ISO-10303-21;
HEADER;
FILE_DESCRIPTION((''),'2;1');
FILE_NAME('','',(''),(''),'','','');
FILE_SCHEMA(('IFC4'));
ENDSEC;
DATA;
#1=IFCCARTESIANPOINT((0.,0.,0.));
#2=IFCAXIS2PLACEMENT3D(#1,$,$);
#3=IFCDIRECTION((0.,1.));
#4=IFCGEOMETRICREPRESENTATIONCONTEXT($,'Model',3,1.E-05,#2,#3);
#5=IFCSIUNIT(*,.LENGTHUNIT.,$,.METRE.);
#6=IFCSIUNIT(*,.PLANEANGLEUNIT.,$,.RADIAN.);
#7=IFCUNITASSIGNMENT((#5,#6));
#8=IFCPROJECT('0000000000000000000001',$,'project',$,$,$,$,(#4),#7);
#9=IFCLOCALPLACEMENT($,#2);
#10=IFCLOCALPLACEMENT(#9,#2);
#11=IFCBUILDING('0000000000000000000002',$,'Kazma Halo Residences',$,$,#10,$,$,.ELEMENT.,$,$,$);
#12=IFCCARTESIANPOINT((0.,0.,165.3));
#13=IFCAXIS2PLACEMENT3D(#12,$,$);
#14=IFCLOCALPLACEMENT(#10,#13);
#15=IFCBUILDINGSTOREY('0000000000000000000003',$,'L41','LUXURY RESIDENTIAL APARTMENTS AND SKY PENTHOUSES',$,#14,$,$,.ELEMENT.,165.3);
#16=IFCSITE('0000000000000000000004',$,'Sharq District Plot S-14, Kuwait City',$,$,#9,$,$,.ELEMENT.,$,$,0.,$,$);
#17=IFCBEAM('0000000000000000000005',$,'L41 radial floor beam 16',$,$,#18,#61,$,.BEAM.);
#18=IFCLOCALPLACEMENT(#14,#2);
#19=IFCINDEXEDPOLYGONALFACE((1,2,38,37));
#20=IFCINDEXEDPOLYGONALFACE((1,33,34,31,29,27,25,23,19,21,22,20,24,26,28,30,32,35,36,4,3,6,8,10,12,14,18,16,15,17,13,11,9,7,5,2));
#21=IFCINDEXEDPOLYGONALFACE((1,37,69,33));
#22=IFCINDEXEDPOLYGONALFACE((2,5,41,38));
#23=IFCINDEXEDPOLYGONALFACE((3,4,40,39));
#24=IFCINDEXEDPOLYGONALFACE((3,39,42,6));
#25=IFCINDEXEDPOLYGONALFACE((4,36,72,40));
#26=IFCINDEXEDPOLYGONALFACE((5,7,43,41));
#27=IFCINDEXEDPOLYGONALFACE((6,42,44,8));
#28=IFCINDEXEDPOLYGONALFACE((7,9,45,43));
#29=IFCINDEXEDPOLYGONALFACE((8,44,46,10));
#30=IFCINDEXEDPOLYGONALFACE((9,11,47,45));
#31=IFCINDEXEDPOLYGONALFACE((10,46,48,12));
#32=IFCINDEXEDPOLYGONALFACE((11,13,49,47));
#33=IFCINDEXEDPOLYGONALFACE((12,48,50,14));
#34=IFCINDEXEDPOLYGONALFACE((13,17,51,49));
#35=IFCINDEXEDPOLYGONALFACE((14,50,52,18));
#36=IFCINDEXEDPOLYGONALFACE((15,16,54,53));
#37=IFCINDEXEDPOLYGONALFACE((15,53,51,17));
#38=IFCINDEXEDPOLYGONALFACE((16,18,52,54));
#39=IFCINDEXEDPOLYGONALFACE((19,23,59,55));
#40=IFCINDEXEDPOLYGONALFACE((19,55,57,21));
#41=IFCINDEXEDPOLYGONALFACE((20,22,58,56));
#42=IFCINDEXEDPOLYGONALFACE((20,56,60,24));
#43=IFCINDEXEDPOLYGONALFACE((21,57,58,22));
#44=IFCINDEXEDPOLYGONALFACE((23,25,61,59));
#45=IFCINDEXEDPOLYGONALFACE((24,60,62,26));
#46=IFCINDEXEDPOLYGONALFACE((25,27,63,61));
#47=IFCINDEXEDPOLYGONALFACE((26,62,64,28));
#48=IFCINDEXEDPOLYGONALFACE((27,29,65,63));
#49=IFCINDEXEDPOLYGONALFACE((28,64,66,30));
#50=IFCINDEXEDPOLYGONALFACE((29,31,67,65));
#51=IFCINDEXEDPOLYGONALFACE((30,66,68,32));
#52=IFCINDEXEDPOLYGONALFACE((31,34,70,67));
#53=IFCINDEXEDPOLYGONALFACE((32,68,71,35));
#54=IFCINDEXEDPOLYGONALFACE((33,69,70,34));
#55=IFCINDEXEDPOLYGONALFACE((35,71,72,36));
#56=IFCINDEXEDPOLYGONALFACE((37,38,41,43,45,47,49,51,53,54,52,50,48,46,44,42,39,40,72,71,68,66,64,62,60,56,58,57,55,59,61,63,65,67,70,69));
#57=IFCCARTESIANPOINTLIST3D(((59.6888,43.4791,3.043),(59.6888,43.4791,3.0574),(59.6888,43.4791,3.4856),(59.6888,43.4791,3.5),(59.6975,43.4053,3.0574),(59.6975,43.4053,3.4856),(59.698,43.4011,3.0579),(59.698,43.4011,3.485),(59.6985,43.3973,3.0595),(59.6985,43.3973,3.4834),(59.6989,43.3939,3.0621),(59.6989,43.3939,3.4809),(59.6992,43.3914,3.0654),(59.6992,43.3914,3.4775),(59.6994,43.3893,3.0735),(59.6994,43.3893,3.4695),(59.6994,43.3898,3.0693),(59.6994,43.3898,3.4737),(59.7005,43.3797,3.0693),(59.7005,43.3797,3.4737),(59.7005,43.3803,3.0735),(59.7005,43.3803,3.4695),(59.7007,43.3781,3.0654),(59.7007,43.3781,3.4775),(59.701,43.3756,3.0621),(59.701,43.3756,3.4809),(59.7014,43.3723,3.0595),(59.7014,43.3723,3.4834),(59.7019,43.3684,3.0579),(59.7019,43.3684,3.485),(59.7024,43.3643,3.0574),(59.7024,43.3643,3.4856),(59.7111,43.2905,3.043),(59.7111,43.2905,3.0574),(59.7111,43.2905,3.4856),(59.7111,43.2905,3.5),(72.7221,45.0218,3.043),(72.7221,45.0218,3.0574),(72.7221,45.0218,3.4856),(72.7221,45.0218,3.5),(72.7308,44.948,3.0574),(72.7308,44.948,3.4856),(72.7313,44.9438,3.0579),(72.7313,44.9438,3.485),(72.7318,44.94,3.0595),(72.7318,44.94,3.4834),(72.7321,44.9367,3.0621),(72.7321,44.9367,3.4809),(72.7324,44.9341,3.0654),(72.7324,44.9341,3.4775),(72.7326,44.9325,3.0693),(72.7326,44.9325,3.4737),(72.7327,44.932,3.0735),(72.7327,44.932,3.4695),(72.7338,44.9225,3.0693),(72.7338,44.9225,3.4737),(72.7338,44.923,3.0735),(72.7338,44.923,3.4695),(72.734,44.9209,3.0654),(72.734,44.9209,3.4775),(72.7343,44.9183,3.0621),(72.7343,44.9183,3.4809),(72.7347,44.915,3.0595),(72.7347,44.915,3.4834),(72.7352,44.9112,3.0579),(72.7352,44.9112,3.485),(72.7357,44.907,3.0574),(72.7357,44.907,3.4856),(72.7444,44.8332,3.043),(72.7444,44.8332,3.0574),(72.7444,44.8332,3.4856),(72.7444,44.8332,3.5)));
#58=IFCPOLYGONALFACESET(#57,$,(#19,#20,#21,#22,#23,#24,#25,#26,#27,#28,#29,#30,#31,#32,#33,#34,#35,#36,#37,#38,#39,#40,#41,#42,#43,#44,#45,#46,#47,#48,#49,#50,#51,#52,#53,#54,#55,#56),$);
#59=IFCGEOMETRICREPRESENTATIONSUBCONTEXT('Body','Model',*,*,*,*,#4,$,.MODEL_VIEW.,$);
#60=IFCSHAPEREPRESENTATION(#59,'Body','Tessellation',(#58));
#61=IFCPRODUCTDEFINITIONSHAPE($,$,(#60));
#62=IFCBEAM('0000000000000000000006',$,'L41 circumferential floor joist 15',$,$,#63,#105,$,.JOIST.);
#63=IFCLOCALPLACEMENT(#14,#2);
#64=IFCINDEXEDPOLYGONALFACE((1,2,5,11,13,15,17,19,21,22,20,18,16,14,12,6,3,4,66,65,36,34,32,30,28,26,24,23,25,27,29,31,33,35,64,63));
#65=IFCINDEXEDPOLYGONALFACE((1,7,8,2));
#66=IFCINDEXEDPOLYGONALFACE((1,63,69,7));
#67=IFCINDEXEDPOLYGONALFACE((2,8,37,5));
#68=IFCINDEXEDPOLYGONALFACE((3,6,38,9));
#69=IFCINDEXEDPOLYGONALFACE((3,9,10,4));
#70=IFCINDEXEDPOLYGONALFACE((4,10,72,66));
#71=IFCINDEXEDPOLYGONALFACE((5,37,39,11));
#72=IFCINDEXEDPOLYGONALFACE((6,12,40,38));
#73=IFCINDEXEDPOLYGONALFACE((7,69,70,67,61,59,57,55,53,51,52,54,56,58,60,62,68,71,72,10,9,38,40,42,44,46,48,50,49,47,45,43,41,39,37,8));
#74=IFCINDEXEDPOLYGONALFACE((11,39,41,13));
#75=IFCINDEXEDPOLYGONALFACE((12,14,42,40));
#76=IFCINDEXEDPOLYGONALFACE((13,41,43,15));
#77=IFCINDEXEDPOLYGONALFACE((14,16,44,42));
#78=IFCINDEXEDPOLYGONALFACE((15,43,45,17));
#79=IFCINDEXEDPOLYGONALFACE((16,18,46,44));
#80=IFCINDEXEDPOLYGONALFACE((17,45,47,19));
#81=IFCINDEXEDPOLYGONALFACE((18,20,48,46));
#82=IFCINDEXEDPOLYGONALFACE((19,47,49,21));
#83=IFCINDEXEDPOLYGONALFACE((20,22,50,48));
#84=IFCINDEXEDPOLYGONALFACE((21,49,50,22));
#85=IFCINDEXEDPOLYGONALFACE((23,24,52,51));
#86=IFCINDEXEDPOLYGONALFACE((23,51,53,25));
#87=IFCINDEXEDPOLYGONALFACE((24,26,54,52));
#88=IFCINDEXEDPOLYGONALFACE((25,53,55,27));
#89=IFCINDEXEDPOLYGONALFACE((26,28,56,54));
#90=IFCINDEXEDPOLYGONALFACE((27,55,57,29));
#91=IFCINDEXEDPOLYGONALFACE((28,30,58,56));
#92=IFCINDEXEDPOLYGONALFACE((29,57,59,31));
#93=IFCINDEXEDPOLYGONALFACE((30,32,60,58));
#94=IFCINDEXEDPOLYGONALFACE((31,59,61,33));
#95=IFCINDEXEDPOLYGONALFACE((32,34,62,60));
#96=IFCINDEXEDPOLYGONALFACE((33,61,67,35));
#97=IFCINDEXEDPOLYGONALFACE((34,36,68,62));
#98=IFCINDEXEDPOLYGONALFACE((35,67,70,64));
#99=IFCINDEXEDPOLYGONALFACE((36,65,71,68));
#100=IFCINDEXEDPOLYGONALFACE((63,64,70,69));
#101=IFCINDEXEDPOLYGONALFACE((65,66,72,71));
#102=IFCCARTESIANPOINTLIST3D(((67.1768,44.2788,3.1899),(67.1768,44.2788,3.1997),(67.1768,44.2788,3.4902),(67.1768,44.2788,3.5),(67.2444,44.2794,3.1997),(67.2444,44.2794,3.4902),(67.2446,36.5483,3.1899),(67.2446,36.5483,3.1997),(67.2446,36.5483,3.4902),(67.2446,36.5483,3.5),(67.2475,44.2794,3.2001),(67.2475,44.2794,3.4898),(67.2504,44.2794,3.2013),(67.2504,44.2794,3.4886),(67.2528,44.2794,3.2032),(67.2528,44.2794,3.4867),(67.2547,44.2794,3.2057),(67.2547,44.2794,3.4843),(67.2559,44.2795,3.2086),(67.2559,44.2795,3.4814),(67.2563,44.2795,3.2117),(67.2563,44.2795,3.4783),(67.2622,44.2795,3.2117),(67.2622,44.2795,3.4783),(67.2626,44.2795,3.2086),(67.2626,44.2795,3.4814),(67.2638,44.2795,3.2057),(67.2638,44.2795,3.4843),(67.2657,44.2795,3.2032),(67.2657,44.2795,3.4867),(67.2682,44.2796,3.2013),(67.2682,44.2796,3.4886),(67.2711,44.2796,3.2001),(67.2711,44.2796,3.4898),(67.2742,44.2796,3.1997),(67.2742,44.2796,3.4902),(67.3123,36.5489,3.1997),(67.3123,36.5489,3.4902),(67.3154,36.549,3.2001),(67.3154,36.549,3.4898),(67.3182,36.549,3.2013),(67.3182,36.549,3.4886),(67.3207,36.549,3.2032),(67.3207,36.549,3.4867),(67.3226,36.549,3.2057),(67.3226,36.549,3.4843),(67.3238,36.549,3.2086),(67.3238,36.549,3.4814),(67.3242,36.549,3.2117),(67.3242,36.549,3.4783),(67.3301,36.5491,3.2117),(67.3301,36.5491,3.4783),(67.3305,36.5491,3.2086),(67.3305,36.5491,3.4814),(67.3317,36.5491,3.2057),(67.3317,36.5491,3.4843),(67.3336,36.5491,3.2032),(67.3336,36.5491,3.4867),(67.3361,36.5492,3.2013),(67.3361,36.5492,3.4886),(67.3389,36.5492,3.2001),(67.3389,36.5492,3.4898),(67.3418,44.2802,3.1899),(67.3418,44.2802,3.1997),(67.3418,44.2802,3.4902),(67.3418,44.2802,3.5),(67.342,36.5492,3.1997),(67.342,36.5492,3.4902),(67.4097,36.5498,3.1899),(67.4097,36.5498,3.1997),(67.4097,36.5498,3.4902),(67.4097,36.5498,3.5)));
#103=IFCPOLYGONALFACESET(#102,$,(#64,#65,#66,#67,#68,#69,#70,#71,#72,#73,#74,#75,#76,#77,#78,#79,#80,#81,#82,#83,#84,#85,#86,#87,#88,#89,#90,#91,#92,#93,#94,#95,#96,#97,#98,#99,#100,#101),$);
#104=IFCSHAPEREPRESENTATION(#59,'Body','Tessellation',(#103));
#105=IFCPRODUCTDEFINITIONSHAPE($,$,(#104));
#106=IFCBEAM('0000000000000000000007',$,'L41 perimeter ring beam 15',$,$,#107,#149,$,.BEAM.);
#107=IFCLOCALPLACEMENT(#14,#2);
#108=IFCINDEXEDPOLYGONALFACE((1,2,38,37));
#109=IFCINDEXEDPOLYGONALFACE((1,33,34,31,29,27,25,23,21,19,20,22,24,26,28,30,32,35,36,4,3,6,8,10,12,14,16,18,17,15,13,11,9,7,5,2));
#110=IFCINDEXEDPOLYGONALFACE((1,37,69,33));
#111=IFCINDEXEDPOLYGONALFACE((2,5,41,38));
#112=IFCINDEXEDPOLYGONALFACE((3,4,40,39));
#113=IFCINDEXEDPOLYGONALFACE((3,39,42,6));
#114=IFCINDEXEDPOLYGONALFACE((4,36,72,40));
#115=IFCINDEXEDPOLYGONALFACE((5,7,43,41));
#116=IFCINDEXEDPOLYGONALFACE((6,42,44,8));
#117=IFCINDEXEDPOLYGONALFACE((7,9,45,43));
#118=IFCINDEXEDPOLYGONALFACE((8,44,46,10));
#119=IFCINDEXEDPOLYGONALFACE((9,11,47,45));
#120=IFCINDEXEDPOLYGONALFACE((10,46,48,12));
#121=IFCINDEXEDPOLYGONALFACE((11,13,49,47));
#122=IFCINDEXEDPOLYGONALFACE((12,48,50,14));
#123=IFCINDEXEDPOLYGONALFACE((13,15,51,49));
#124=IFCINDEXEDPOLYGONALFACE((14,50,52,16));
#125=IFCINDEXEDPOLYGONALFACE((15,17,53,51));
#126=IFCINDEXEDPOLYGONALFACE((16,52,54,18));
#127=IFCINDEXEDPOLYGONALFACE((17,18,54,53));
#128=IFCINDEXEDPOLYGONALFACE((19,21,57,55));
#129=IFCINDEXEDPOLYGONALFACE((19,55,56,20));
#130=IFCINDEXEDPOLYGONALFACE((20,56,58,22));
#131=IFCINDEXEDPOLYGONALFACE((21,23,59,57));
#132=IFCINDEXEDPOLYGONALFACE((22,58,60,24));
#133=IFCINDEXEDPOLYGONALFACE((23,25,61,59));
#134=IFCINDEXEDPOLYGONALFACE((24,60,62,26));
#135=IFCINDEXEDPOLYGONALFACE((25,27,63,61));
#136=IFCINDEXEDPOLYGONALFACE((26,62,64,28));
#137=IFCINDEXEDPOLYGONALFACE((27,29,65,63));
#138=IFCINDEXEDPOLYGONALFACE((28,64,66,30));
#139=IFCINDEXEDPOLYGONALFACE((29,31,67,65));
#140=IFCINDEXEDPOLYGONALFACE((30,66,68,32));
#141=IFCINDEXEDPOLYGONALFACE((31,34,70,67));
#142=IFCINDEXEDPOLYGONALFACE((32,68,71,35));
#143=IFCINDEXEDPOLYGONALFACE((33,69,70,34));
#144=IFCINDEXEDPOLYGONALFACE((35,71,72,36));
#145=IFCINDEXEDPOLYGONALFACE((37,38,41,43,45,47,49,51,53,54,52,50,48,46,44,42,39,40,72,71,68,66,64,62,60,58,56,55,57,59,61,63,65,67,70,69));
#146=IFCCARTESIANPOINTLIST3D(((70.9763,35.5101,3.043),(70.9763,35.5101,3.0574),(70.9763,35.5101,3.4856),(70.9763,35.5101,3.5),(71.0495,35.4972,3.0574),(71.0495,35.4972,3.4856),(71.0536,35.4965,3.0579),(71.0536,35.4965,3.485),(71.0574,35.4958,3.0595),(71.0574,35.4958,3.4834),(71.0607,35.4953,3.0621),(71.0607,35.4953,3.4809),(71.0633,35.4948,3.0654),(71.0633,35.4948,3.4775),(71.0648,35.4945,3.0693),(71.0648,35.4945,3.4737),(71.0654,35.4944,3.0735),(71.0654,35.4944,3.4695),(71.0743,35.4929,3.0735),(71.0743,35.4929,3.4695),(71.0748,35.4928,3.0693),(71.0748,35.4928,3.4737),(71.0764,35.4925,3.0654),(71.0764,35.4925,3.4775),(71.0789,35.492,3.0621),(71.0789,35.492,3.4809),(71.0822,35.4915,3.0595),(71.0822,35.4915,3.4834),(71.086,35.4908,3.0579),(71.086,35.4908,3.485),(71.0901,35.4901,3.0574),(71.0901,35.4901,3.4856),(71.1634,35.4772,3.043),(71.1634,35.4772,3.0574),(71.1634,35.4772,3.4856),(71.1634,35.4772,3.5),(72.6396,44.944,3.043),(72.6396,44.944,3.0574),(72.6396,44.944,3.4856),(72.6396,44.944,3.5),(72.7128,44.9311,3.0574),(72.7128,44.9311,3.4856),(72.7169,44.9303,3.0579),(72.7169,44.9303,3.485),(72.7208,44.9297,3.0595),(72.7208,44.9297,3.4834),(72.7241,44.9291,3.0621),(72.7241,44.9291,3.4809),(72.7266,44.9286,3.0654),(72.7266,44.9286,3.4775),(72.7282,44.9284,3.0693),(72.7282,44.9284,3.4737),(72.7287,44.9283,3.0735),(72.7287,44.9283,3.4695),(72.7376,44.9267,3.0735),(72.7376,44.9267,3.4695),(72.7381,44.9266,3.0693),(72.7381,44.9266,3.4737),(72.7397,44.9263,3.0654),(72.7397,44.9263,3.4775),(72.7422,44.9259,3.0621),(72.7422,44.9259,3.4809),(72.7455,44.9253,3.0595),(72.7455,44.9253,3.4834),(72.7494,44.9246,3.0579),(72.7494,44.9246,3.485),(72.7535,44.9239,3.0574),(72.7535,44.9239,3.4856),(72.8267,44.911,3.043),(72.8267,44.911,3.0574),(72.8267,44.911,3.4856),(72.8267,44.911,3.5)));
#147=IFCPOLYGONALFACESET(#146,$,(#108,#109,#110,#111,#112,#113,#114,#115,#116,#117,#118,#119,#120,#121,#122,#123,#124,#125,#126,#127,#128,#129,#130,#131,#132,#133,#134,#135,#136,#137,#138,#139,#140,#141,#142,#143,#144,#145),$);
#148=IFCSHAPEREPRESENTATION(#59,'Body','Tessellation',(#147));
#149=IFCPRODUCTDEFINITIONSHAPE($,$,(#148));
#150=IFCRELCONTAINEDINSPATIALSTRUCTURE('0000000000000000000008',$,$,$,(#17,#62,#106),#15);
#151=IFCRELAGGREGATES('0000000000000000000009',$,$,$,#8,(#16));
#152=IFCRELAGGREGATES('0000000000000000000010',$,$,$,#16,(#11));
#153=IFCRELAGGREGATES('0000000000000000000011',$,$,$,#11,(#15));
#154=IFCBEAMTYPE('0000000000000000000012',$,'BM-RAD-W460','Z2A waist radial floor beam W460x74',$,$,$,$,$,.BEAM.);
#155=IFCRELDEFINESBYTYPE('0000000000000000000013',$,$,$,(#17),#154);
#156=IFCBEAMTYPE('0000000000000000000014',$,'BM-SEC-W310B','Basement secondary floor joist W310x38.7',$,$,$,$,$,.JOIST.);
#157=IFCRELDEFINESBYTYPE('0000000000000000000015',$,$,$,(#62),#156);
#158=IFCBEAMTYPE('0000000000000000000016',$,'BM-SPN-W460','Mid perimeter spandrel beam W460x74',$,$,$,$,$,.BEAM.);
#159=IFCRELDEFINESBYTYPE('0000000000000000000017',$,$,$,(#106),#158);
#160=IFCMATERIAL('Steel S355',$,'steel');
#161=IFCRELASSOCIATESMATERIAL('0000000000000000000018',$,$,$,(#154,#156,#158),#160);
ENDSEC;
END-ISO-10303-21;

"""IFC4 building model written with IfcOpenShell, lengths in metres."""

from ifc_helpers import new_model, si_unit, direction, frame, origin, origin_2d, place, context, subcontext, project, spatial, i_section, extrude, material, material_profile, profile_set, type_object, element, save


model = new_model("IFC4")

# Units and contexts
model_context = context("Model", 3, precision=1e-05, world=origin(), true_north=direction((0.0, 1.0)))
body_context = subcontext(model_context, "Body", "Model", "MODEL_VIEW")
ifc_project = project(units=[si_unit("LENGTHUNIT", "METRE"), si_unit("PLANEANGLEUNIT", "RADIAN")], contexts=[model_context])

# Site, building, storey
site_placement = place(None, origin())
site = spatial("IfcSite", under=ifc_project, at=site_placement, Name="Sharq District Plot S-14, Kuwait City", CompositionType="ELEMENT", RefElevation=0.0)
building_placement = place(site_placement, origin())
building = spatial("IfcBuilding", under=site, at=building_placement, Name="Kazma Halo Residences", CompositionType="ELEMENT")
storey_placement = place(building_placement, frame((0.0, 0.0, 165.3)))
storey = spatial("IfcBuildingStorey", under=building, at=storey_placement, Name="L41", Description="LUXURY RESIDENTIAL APARTMENTS AND SKY PENTHOUSES", CompositionType="ELEMENT", Elevation=165.3)

# Beams
ifc_material_1 = material(Name="Steel S355", Category="steel")
ifc_material_profile_1 = material_profile(ifc_material_1, i_section(OverallWidth=0.1899, OverallDepth=0.457, WebThickness=0.009, FlangeThickness=0.0144, FilletRadius=0.0161, at=origin_2d()), Name="W460x74")
ifc_profile_set_1 = profile_set([ifc_material_profile_1], Name="Steel S355")
beam_type_1 = type_object("IfcBeamType", Name="BM-RAD-W460", Description="Z2A waist radial floor beam W460x74", PredefinedType="BEAM", material=ifc_profile_set_1)
beam_1_placement = place(storey_placement, frame((59.7, 43.3848, 3.2715), z_axis=(0.993067, 0.117548, 0.0), x_axis=(-0.117548, 0.993067, 0.0)))
element("IfcBeam", 1, at=beam_1_placement, inside=storey, type_object=beam_type_1, Name="L41 radial floor beam 16", PredefinedType="BEAM", context=body_context, shape_type="SweptSolid", body=[
    extrude(i_section(OverallWidth=0.1899, OverallDepth=0.457, WebThickness=0.009, FlangeThickness=0.0144, FilletRadius=0.0161, at=origin_2d()), origin(), (0.0, 0.0, 1.0), 13.1243),
])
ifc_material_profile_2 = material_profile(ifc_material_1, i_section(OverallWidth=0.165, OverallDepth=0.3101, WebThickness=0.0059, FlangeThickness=0.0098, FilletRadius=0.012, at=origin_2d()), Name="W310x38.7")
ifc_profile_set_2 = profile_set([ifc_material_profile_2], Name="Steel S355")
beam_type_2 = type_object("IfcBeamType", Name="BM-SEC-W310B", Description="Basement secondary floor joist W310x38.7", PredefinedType="JOIST", material=ifc_profile_set_2)
beam_2_placement = place(storey_placement, frame((67.3271, 36.5491, 3.345), z_axis=(-0.008779, 0.999961, 0.0), x_axis=(-0.999961, -0.008779, 0.0)))
element("IfcBeam", 2, at=beam_2_placement, inside=storey, type_object=beam_type_2, Name="L41 circumferential floor joist 15", PredefinedType="JOIST", context=body_context, shape_type="SweptSolid", body=[
    extrude(i_section(OverallWidth=0.165, OverallDepth=0.3101, WebThickness=0.0059, FlangeThickness=0.0098, FilletRadius=0.012, at=origin_2d()), origin(), (0.0, 0.0, 1.0), 7.7307),
])
ifc_material_profile_3 = material_profile(ifc_material_1, i_section(OverallWidth=0.1899, OverallDepth=0.457, WebThickness=0.009, FlangeThickness=0.0144, FilletRadius=0.0161, at=origin_2d()), Name="W460x74")
ifc_profile_set_3 = profile_set([ifc_material_profile_3], Name="Steel S355")
beam_type_3 = type_object("IfcBeamType", Name="BM-SPN-W460", Description="Mid perimeter spandrel beam W460x74", PredefinedType="BEAM", material=ifc_profile_set_3)
beam_3_placement = place(storey_placement, frame((71.0698, 35.4937, 3.2715), z_axis=(0.173637, 0.98481, 0.0), x_axis=(-0.98481, 0.173637, 0.0)))
element("IfcBeam", 3, at=beam_3_placement, inside=storey, type_object=beam_type_3, Name="L41 perimeter ring beam 15", PredefinedType="BEAM", context=body_context, shape_type="SweptSolid", body=[
    extrude(i_section(OverallWidth=0.1899, OverallDepth=0.457, WebThickness=0.009, FlangeThickness=0.0144, FilletRadius=0.0161, at=origin_2d()), origin(), (0.0, 0.0, 1.0), 9.5793),
])

save(model, "model.ifc")
